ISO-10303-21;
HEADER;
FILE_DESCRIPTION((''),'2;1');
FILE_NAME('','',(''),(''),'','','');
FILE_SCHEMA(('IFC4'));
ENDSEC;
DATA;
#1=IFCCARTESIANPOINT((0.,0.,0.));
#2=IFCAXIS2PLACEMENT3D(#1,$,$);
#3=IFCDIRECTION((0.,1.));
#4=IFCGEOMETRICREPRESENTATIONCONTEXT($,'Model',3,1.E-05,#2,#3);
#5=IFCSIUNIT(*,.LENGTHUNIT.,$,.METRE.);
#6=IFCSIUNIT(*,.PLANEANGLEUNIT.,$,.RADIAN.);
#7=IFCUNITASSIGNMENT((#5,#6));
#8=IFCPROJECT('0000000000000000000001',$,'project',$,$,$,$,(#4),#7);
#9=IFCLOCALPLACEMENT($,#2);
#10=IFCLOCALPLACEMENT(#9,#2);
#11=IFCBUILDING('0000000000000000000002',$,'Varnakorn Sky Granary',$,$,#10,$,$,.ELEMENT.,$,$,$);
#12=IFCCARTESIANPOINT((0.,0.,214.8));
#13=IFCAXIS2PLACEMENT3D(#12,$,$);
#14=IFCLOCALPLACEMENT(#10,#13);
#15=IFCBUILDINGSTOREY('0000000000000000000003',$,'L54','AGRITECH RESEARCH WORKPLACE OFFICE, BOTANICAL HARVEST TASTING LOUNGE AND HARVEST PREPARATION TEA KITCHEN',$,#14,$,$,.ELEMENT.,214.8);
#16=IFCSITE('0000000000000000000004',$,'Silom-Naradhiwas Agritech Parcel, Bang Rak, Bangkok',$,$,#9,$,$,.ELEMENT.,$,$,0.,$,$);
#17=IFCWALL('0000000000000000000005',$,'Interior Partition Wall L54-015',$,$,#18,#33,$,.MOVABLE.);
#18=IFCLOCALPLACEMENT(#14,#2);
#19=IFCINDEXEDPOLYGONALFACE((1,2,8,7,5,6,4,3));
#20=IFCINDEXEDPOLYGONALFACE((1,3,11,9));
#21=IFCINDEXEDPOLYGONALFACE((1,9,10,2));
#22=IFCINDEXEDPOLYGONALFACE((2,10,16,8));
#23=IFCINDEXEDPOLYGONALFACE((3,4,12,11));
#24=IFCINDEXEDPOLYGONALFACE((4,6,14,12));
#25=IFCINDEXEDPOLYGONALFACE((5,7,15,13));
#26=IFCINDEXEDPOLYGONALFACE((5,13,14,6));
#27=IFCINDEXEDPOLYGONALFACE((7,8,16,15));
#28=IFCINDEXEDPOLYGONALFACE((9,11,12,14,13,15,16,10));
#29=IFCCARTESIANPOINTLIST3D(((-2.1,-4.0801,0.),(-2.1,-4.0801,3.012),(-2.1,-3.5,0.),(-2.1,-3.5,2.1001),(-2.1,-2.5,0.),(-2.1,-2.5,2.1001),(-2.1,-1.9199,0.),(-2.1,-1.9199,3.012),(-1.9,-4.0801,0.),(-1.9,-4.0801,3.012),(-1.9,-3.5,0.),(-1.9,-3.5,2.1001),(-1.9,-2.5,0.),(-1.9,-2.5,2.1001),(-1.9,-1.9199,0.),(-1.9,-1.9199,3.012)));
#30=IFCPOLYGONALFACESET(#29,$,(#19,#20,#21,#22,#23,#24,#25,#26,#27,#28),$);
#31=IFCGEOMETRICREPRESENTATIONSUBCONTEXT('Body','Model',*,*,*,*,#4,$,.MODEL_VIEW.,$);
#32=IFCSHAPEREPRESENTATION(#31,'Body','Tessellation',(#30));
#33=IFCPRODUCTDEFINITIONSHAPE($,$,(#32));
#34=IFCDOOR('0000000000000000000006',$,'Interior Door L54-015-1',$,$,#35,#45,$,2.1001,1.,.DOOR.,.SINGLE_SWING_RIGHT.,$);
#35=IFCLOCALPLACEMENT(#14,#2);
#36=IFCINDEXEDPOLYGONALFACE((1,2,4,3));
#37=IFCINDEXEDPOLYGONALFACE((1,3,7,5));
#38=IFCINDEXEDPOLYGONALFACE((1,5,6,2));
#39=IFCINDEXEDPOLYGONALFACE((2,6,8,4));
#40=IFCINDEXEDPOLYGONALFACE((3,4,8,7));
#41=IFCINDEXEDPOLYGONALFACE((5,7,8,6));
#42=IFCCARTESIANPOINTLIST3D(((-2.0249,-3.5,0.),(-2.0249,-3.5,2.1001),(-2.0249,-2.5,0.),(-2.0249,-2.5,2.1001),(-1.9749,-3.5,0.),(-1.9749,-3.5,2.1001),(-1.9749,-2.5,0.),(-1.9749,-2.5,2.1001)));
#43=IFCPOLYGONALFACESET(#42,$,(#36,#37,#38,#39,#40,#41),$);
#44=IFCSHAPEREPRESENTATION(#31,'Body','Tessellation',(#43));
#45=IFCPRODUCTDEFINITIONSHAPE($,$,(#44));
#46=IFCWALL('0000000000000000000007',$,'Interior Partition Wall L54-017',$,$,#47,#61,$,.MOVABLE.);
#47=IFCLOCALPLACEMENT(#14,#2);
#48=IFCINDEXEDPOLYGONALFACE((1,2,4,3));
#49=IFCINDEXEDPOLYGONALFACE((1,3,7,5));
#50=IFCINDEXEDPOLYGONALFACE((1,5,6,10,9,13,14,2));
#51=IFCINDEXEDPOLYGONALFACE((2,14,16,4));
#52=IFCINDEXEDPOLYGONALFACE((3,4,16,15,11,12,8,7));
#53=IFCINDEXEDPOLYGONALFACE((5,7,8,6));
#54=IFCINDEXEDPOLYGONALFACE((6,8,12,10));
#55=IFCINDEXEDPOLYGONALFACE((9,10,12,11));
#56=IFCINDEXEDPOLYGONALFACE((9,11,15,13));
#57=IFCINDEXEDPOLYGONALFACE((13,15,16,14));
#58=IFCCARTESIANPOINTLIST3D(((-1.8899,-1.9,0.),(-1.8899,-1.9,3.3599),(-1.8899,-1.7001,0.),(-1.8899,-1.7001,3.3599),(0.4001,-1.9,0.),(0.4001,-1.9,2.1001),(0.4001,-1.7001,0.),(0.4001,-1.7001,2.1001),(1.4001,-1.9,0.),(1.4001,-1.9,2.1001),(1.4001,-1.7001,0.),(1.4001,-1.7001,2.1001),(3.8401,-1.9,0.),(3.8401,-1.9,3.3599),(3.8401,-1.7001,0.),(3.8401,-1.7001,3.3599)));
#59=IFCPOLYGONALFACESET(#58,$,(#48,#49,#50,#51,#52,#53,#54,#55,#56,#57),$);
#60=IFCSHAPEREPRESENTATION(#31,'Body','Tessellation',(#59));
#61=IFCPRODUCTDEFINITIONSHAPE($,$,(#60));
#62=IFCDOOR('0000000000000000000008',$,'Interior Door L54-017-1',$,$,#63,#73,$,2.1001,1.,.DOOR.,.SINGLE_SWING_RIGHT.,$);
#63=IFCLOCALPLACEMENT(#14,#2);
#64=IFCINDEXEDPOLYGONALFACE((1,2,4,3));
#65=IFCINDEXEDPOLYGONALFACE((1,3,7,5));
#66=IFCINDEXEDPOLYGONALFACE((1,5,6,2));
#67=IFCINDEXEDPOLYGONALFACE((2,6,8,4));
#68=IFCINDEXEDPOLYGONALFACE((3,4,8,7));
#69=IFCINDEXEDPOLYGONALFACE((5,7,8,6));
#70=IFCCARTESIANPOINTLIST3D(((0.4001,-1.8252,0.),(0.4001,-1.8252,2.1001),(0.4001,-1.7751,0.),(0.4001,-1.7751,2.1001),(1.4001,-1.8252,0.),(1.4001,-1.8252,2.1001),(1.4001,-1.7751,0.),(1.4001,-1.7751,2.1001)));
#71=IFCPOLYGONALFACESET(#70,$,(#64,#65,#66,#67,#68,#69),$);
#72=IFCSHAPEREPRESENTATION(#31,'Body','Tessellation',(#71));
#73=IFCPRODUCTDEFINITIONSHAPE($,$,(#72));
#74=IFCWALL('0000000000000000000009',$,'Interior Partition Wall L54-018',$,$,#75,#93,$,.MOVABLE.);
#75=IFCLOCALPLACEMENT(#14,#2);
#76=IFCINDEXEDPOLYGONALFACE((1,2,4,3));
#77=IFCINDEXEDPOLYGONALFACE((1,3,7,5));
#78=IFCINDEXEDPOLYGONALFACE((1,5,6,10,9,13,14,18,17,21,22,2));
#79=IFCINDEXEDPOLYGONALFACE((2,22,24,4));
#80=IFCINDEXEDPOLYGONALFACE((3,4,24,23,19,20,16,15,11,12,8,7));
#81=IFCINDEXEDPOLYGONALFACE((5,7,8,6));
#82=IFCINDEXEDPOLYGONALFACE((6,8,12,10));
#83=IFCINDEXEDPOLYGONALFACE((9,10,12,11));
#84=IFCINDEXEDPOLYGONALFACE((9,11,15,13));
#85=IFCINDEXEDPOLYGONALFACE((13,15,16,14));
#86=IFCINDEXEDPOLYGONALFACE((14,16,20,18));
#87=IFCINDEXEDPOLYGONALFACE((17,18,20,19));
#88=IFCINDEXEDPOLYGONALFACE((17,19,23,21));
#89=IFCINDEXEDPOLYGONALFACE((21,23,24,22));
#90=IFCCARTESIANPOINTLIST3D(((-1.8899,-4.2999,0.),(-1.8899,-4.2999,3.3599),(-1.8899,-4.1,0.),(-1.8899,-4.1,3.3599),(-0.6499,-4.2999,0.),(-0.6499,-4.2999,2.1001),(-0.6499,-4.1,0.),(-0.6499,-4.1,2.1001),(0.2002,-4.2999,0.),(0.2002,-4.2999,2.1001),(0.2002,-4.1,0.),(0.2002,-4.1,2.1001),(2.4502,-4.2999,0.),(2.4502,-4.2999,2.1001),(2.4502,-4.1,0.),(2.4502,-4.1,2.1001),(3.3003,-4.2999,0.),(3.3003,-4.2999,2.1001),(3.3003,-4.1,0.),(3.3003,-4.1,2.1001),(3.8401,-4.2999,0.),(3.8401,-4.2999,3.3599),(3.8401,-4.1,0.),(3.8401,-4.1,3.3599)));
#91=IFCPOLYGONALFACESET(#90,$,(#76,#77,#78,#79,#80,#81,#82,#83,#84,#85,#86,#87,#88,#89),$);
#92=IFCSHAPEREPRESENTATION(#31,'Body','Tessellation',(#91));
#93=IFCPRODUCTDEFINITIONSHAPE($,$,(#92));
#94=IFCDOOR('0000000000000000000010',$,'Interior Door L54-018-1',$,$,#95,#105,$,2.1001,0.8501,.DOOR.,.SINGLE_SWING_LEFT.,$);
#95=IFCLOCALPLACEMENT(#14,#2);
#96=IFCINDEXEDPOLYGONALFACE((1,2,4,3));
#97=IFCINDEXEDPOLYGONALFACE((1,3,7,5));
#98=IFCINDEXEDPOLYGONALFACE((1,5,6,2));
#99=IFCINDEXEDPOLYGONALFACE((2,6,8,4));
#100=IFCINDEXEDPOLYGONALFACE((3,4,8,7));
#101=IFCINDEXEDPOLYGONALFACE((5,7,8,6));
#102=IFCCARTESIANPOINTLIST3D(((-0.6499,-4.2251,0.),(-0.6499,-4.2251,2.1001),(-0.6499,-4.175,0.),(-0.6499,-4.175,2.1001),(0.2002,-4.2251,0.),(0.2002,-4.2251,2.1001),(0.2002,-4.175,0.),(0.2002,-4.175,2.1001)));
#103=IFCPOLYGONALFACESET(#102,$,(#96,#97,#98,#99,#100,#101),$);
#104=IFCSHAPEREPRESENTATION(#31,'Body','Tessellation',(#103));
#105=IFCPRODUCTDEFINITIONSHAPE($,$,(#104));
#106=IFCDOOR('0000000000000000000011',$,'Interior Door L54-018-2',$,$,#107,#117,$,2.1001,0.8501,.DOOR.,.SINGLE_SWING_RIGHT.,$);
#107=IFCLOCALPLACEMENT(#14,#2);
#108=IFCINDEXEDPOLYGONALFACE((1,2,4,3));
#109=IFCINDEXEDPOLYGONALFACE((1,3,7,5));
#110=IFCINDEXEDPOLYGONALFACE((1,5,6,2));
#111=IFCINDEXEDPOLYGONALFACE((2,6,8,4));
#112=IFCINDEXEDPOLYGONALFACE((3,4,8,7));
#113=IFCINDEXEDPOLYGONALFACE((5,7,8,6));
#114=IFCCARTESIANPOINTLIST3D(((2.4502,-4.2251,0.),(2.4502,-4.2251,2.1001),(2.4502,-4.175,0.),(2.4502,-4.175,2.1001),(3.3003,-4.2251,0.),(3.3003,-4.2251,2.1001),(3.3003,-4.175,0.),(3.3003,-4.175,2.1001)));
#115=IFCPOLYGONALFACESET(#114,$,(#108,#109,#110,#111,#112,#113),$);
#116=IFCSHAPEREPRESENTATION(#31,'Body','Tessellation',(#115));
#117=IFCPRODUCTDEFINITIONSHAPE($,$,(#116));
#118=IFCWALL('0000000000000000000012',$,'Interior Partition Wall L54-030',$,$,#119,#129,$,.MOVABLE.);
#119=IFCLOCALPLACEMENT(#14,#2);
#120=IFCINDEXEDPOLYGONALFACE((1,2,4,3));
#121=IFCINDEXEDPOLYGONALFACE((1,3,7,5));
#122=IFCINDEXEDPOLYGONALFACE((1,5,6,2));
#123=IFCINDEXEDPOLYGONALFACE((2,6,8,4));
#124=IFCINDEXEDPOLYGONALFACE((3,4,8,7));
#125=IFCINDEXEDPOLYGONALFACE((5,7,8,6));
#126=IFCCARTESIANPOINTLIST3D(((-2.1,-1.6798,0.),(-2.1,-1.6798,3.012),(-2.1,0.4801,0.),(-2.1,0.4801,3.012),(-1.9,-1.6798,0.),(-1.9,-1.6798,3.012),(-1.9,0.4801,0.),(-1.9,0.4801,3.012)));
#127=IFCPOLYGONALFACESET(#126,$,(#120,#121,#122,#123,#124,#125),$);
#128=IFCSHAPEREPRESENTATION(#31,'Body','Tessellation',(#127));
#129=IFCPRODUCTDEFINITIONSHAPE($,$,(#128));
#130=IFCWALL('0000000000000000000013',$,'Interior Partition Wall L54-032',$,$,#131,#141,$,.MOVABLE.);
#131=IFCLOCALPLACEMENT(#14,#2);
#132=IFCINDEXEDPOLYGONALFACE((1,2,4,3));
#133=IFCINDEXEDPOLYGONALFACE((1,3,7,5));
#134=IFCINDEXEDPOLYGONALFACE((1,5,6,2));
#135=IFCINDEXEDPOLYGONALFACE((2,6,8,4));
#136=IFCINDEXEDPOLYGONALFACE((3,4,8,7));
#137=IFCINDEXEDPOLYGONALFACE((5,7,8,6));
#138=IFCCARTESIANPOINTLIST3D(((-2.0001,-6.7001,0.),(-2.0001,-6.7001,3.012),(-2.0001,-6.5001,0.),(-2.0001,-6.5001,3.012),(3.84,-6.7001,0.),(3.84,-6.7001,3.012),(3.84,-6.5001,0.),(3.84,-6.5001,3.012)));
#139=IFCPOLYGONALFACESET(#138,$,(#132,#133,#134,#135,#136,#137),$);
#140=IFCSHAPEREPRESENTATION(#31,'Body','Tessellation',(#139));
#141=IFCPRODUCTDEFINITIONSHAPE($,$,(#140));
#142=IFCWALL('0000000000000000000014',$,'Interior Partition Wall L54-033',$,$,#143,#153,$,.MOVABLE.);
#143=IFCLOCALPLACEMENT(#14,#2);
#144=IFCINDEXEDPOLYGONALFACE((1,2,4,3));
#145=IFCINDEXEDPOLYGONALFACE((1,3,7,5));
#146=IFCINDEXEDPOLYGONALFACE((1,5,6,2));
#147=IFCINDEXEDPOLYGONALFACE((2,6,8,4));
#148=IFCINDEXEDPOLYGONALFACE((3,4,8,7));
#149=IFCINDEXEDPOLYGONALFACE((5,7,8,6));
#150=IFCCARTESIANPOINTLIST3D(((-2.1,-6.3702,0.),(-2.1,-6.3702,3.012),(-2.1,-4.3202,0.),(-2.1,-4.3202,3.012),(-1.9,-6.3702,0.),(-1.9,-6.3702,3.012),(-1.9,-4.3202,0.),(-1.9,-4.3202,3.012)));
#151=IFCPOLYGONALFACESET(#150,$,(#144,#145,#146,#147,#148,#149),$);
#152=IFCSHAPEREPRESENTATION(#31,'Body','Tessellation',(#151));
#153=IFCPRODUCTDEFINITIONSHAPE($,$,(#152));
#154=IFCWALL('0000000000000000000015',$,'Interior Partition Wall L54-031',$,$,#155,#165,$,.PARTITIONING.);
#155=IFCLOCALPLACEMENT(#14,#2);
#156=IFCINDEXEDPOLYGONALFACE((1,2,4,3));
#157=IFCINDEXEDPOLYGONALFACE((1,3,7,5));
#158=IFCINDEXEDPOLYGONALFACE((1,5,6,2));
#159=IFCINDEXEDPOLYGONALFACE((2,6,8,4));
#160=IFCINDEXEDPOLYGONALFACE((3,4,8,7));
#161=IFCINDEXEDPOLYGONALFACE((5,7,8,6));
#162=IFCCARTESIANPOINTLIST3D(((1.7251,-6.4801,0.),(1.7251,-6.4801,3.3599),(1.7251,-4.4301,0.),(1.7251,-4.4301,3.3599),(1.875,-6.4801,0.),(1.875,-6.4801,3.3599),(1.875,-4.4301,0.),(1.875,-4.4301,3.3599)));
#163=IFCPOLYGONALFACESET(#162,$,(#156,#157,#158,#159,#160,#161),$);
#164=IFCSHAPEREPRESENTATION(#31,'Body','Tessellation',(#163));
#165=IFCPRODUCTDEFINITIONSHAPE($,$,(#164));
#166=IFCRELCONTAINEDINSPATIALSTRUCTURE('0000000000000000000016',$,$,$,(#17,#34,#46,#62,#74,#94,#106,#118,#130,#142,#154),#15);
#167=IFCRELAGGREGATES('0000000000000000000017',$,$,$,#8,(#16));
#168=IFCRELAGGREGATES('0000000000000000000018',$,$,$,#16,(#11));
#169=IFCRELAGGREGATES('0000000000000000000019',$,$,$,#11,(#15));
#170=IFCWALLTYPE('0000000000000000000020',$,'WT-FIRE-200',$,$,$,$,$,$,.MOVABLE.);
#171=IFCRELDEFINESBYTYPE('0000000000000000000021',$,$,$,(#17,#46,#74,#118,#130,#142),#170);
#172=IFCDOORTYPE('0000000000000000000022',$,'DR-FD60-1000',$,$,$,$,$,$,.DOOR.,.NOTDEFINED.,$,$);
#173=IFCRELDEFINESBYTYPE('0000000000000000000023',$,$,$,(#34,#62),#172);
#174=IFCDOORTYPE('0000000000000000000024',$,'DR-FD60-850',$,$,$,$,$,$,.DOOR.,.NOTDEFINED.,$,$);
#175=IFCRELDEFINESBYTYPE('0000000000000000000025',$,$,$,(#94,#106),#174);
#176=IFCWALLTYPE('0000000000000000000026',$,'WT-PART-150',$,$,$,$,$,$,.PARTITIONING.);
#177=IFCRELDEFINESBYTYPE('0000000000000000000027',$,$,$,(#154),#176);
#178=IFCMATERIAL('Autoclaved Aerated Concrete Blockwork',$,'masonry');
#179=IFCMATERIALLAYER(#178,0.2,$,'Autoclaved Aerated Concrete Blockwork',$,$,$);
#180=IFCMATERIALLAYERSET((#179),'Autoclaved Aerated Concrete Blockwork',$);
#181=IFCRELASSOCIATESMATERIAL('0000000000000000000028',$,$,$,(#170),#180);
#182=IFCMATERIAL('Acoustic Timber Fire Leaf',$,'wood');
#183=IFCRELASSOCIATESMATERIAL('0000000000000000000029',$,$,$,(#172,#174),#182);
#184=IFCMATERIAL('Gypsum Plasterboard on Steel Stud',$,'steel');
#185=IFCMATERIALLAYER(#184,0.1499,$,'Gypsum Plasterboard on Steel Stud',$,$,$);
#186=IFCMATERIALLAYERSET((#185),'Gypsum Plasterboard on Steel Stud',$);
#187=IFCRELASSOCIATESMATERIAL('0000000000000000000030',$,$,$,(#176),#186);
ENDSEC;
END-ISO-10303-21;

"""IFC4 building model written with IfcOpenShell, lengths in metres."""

from ifc_helpers import new_model, si_unit, direction, frame, frame_2d, origin, place, context, subcontext, project, spatial, rectangle, extrude, material, layer, layer_set, type_object, element, fill, save


model = new_model("IFC4")

# Units and contexts
model_context = context("Model", 3, precision=1e-05, world=origin(), true_north=direction((0.0, 1.0)))
body_context = subcontext(model_context, "Body", "Model", "MODEL_VIEW")
ifc_project = project(units=[si_unit("LENGTHUNIT", "METRE"), si_unit("PLANEANGLEUNIT", "RADIAN")], contexts=[model_context])

# Site, building, storey
site_placement = place(None, origin())
site = spatial("IfcSite", under=ifc_project, at=site_placement, Name="Silom-Naradhiwas Agritech Parcel, Bang Rak, Bangkok", CompositionType="ELEMENT", RefElevation=0.0)
building_placement = place(site_placement, origin())
building = spatial("IfcBuilding", under=site, at=building_placement, Name="Varnakorn Sky Granary", CompositionType="ELEMENT")
storey_placement = place(building_placement, frame((0.0, 0.0, 214.8)))
storey = spatial("IfcBuildingStorey", under=building, at=storey_placement, Name="L54", Description="AGRITECH RESEARCH WORKPLACE OFFICE, BOTANICAL HARVEST TASTING LOUNGE AND HARVEST PREPARATION TEA KITCHEN", CompositionType="ELEMENT", Elevation=214.8)

# Walls, openings, doors
ifc_material_1 = material(Name="Autoclaved Aerated Concrete Blockwork", Category="masonry")
ifc_layer_1 = layer(ifc_material_1, 0.2, Name="Autoclaved Aerated Concrete Blockwork")
ifc_layer_set_1 = layer_set([ifc_layer_1], Name="Autoclaved Aerated Concrete Blockwork")
wall_type_1 = type_object("IfcWallType", Name="WT-FIRE-200", PredefinedType="MOVABLE", material=ifc_layer_set_1)
wall_1_placement = place(storey_placement, frame((-2.0, -4.0801, 0.0), z_axis=(0.0, 0.0, 1.0), x_axis=(0.0, 1.0, 0.0)))
wall_1 = element("IfcWall", 1, at=wall_1_placement, inside=storey, type_object=wall_type_1, Name="Interior Partition Wall L54-015", PredefinedType="MOVABLE", context=body_context, shape_type="SweptSolid", body=[
    extrude(rectangle(XDim=2.1602, YDim=0.2, at=frame_2d((1.0801, 0.0))), origin(), (0.0, 0.0, 1.0), 3.012),
])
opening_1_placement = place(wall_1_placement, frame((0.5801, 0.0, 0.0)))
opening_1 = element("IfcOpeningElement", 2, at=opening_1_placement, cuts=wall_1, PredefinedType="OPENING", context=body_context, shape_type="SweptSolid", body=[
    extrude(rectangle(XDim=1.0, YDim=2.1001, at=frame_2d((0.5, 1.05))), frame((0.0, 0.1099, 0.0), z_axis=(0.0, -1.0, 0.0), x_axis=(1.0, 0.0, 0.0)), (0.0, 0.0, 1.0), 0.22),
])
ifc_material_2 = material(Name="Acoustic Timber Fire Leaf", Category="wood")
door_type_1 = type_object("IfcDoorType", Name="DR-FD60-1000", OperationType="NOTDEFINED", PredefinedType="DOOR", material=ifc_material_2)
door_1_placement = place(opening_1_placement, origin())
door_1 = element("IfcDoor", 3, at=door_1_placement, inside=storey, type_object=door_type_1, Name="Interior Door L54-015-1", OperationType="SINGLE_SWING_RIGHT", OverallHeight=2.1001, OverallWidth=1.0, PredefinedType="DOOR", context=body_context, shape_type="SweptSolid", body=[
    extrude(rectangle(XDim=1.0, YDim=2.1001, at=frame_2d((0.5, 1.05))), frame((0.0, 0.0249, 0.0), z_axis=(0.0, -1.0, 0.0), x_axis=(1.0, 0.0, 0.0)), (0.0, 0.0, 1.0), 0.05),
])
fill(opening_1, door_1)
wall_2_placement = place(storey_placement, frame((-1.8899, -1.8, 0.0), z_axis=(0.0, 0.0, 1.0), x_axis=(1.0, 0.0, 0.0)))
wall_2 = element("IfcWall", 4, at=wall_2_placement, inside=storey, type_object=wall_type_1, Name="Interior Partition Wall L54-017", PredefinedType="MOVABLE", context=body_context, shape_type="SweptSolid", body=[
    extrude(rectangle(XDim=5.73, YDim=0.2, at=frame_2d((2.865, 0.0))), origin(), (0.0, 0.0, 1.0), 3.3599),
])
opening_2_placement = place(wall_2_placement, frame((2.29, 0.0, 0.0)))
opening_2 = element("IfcOpeningElement", 5, at=opening_2_placement, cuts=wall_2, PredefinedType="OPENING", context=body_context, shape_type="SweptSolid", body=[
    extrude(rectangle(XDim=1.0, YDim=2.1001, at=frame_2d((0.5, 1.05))), frame((0.0, 0.1099, 0.0), z_axis=(0.0, -1.0, 0.0), x_axis=(1.0, 0.0, 0.0)), (0.0, 0.0, 1.0), 0.22),
])
door_2_placement = place(opening_2_placement, origin())
door_2 = element("IfcDoor", 6, at=door_2_placement, inside=storey, type_object=door_type_1, Name="Interior Door L54-017-1", OperationType="SINGLE_SWING_RIGHT", OverallHeight=2.1001, OverallWidth=1.0, PredefinedType="DOOR", context=body_context, shape_type="SweptSolid", body=[
    extrude(rectangle(XDim=1.0, YDim=2.1001, at=frame_2d((0.5, 1.05))), frame((0.0, 0.0249, 0.0), z_axis=(0.0, -1.0, 0.0), x_axis=(1.0, 0.0, 0.0)), (0.0, 0.0, 1.0), 0.05),
])
fill(opening_2, door_2)

# Wall, openings, doors
wall_3_placement = place(storey_placement, frame((-1.8899, -4.2, 0.0), z_axis=(0.0, 0.0, 1.0), x_axis=(1.0, 0.0, 0.0)))
wall_3 = element("IfcWall", 7, at=wall_3_placement, inside=storey, type_object=wall_type_1, Name="Interior Partition Wall L54-018", PredefinedType="MOVABLE", context=body_context, shape_type="SweptSolid", body=[
    extrude(rectangle(XDim=5.73, YDim=0.2, at=frame_2d((2.865, 0.0))), origin(), (0.0, 0.0, 1.0), 3.3599),
])
opening_3_placement = place(wall_3_placement, frame((1.24, 0.0, 0.0)))
opening_3 = element("IfcOpeningElement", 8, at=opening_3_placement, cuts=wall_3, PredefinedType="OPENING", context=body_context, shape_type="SweptSolid", body=[
    extrude(rectangle(XDim=0.8501, YDim=2.1001, at=frame_2d((0.425, 1.05))), frame((0.0, 0.1099, 0.0), z_axis=(0.0, -1.0, 0.0), x_axis=(1.0, 0.0, 0.0)), (0.0, 0.0, 1.0), 0.22),
])
opening_4_placement = place(wall_3_placement, frame((4.3401, 0.0, 0.0)))
opening_4 = element("IfcOpeningElement", 9, at=opening_4_placement, cuts=wall_3, PredefinedType="OPENING", context=body_context, shape_type="SweptSolid", body=[
    extrude(rectangle(XDim=0.8501, YDim=2.1001, at=frame_2d((0.425, 1.05))), frame((0.0, 0.1099, 0.0), z_axis=(0.0, -1.0, 0.0), x_axis=(1.0, 0.0, 0.0)), (0.0, 0.0, 1.0), 0.22),
])
door_type_2 = type_object("IfcDoorType", Name="DR-FD60-850", OperationType="NOTDEFINED", PredefinedType="DOOR", material=ifc_material_2)
door_3_placement = place(opening_3_placement, origin())
door_3 = element("IfcDoor", 10, at=door_3_placement, inside=storey, type_object=door_type_2, Name="Interior Door L54-018-1", OperationType="SINGLE_SWING_LEFT", OverallHeight=2.1001, OverallWidth=0.8501, PredefinedType="DOOR", context=body_context, shape_type="SweptSolid", body=[
    extrude(rectangle(XDim=0.8501, YDim=2.1001, at=frame_2d((0.425, 1.05))), frame((0.0, 0.0249, 0.0), z_axis=(0.0, -1.0, 0.0), x_axis=(1.0, 0.0, 0.0)), (0.0, 0.0, 1.0), 0.05),
])
fill(opening_3, door_3)
door_4_placement = place(opening_4_placement, origin())
door_4 = element("IfcDoor", 11, at=door_4_placement, inside=storey, type_object=door_type_2, Name="Interior Door L54-018-2", OperationType="SINGLE_SWING_RIGHT", OverallHeight=2.1001, OverallWidth=0.8501, PredefinedType="DOOR", context=body_context, shape_type="SweptSolid", body=[
    extrude(rectangle(XDim=0.8501, YDim=2.1001, at=frame_2d((0.425, 1.05))), frame((0.0, 0.0249, 0.0), z_axis=(0.0, -1.0, 0.0), x_axis=(1.0, 0.0, 0.0)), (0.0, 0.0, 1.0), 0.05),
])
fill(opening_4, door_4)

# Walls
wall_4_placement = place(storey_placement, frame((-2.0, -1.6799, 0.0), z_axis=(0.0, 0.0, 1.0), x_axis=(0.0, 1.0, 0.0)))
element("IfcWall", 12, at=wall_4_placement, inside=storey, type_object=wall_type_1, Name="Interior Partition Wall L54-030", PredefinedType="MOVABLE", context=body_context, shape_type="SweptSolid", body=[
    extrude(rectangle(XDim=2.1599, YDim=0.2, at=frame_2d((1.0801, 0.0))), origin(), (0.0, 0.0, 1.0), 3.012),
])
wall_5_placement = place(storey_placement, frame((-2.0, -6.6001, 0.0), z_axis=(0.0, 0.0, 1.0), x_axis=(1.0, 0.0, 0.0)))
element("IfcWall", 13, at=wall_5_placement, inside=storey, type_object=wall_type_1, Name="Interior Partition Wall L54-032", PredefinedType="MOVABLE", context=body_context, shape_type="SweptSolid", body=[
    extrude(rectangle(XDim=5.8401, YDim=0.2, at=frame_2d((2.9199, 0.0))), origin(), (0.0, 0.0, 1.0), 3.012),
])
wall_6_placement = place(storey_placement, frame((-2.0, -6.3701, 0.0), z_axis=(0.0, 0.0, 1.0), x_axis=(0.0, 1.0, 0.0)))
element("IfcWall", 14, at=wall_6_placement, inside=storey, type_object=wall_type_1, Name="Interior Partition Wall L54-033", PredefinedType="MOVABLE", context=body_context, shape_type="SweptSolid", body=[
    extrude(rectangle(XDim=2.05, YDim=0.2, at=frame_2d((1.0249, 0.0))), origin(), (0.0, 0.0, 1.0), 3.012),
])
ifc_material_3 = material(Name="Gypsum Plasterboard on Steel Stud", Category="steel")
ifc_layer_2 = layer(ifc_material_3, 0.1499, Name="Gypsum Plasterboard on Steel Stud")
ifc_layer_set_2 = layer_set([ifc_layer_2], Name="Gypsum Plasterboard on Steel Stud")
wall_type_2 = type_object("IfcWallType", Name="WT-PART-150", PredefinedType="PARTITIONING", material=ifc_layer_set_2)
wall_7_placement = place(storey_placement, frame((1.8, -6.48, 0.0), z_axis=(0.0, 0.0, 1.0), x_axis=(0.0, 1.0, 0.0)))
element("IfcWall", 15, at=wall_7_placement, inside=storey, type_object=wall_type_2, Name="Interior Partition Wall L54-031", PredefinedType="PARTITIONING", context=body_context, shape_type="SweptSolid", body=[
    extrude(rectangle(XDim=2.05, YDim=0.1499, at=frame_2d((1.0249, 0.0))), origin(), (0.0, 0.0, 1.0), 3.3599),
])

save(model, "model.ifc")
